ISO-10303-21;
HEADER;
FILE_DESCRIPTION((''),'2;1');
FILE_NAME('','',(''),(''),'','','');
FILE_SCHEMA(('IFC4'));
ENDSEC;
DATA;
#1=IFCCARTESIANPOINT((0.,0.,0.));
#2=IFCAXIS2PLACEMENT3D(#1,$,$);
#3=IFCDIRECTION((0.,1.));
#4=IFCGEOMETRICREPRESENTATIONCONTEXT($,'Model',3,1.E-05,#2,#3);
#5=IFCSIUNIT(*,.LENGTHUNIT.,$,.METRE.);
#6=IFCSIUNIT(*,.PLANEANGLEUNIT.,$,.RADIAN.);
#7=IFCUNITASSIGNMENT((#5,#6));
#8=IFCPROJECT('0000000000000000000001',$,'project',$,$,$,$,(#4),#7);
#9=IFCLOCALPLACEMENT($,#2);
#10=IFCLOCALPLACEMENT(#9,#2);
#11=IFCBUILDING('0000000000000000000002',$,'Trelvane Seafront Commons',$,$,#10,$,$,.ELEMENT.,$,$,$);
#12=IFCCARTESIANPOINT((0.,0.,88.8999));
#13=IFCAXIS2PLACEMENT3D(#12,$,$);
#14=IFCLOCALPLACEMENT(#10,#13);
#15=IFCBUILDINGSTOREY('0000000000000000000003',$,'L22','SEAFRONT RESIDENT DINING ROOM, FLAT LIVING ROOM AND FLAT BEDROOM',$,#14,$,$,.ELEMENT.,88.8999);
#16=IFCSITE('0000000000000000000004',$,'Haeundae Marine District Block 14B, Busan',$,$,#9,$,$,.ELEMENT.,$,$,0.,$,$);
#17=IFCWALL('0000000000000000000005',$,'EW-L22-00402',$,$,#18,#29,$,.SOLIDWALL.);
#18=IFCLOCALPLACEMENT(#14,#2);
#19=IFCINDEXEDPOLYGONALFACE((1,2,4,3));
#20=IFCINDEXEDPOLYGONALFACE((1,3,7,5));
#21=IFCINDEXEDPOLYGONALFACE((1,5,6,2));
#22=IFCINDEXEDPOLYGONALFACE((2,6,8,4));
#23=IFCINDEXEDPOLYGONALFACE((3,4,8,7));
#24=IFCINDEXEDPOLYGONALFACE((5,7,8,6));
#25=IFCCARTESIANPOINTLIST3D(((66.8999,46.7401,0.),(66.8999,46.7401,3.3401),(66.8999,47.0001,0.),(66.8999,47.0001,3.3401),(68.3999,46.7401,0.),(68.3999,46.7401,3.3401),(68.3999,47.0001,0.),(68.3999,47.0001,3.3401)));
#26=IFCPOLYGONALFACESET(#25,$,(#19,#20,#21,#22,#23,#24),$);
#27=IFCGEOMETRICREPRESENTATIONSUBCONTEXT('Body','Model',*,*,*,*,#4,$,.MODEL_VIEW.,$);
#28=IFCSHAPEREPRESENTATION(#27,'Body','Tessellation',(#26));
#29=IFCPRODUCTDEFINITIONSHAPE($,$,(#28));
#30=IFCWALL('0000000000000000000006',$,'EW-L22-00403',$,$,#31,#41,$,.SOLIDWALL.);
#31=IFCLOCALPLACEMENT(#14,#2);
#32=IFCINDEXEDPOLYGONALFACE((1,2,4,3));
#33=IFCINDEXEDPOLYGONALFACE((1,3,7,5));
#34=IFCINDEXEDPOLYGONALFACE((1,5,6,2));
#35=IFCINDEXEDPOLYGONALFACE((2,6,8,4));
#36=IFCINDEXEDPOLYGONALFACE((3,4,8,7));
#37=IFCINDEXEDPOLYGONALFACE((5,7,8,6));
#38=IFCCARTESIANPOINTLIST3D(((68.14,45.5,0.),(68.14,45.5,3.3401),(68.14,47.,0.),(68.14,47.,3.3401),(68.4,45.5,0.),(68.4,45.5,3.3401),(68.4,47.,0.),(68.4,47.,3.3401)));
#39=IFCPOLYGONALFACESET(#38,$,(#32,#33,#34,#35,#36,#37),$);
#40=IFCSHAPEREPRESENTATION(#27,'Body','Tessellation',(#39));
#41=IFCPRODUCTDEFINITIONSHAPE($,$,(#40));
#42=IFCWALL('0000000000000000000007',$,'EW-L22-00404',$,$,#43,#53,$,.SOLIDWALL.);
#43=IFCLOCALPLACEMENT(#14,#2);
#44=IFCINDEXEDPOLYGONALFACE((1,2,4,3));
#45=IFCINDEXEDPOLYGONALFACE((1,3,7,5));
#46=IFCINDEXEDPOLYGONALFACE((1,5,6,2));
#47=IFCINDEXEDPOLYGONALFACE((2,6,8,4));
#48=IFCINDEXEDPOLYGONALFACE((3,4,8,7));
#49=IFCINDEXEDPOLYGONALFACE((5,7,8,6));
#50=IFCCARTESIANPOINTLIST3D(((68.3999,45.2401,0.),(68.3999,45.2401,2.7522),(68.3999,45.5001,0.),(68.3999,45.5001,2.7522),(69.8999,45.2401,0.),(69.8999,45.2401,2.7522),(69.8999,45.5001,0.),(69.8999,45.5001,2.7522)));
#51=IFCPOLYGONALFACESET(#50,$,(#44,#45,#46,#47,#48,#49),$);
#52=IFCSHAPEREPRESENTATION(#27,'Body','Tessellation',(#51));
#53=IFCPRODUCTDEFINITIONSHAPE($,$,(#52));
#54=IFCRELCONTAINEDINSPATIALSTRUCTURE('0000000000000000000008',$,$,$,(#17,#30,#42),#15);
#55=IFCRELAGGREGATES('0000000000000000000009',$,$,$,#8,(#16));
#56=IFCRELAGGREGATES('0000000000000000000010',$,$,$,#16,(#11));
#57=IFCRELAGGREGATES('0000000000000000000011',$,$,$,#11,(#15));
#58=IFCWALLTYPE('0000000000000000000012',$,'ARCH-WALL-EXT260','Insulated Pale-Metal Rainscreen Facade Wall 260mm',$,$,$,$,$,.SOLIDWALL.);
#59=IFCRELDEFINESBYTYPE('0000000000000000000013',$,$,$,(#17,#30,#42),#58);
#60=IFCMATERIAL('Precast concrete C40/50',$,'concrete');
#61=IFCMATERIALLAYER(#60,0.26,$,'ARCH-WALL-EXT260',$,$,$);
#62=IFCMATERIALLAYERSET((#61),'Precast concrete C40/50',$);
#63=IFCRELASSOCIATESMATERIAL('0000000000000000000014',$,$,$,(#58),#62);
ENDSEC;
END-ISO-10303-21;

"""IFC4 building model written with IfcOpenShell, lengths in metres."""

from ifc_helpers import new_model, si_unit, direction, frame, frame_2d, origin, place, context, subcontext, project, spatial, rectangle, extrude, material, layer, layer_set, type_object, element, save


model = new_model("IFC4")

# Units and contexts
model_context = context("Model", 3, precision=1e-05, world=origin(), true_north=direction((0.0, 1.0)))
body_context = subcontext(model_context, "Body", "Model", "MODEL_VIEW")
ifc_project = project(units=[si_unit("LENGTHUNIT", "METRE"), si_unit("PLANEANGLEUNIT", "RADIAN")], contexts=[model_context])

# Site, building, storey
site_placement = place(None, origin())
site = spatial("IfcSite", under=ifc_project, at=site_placement, Name="Haeundae Marine District Block 14B, Busan", CompositionType="ELEMENT", RefElevation=0.0)
building_placement = place(site_placement, origin())
building = spatial("IfcBuilding", under=site, at=building_placement, Name="Trelvane Seafront Commons", CompositionType="ELEMENT")
storey_placement = place(building_placement, frame((0.0, 0.0, 88.8999)))
storey = spatial("IfcBuildingStorey", under=building, at=storey_placement, Name="L22", Description="SEAFRONT RESIDENT DINING ROOM, FLAT LIVING ROOM AND FLAT BEDROOM", CompositionType="ELEMENT", Elevation=88.8999)

# Shared definitions
ifc_material_1 = material(Name="Precast concrete C40/50", Category="concrete")
ifc_layer_1 = layer(ifc_material_1, 0.26, Name="ARCH-WALL-EXT260")
ifc_layer_set_1 = layer_set([ifc_layer_1], Name="Precast concrete C40/50")
wall_type_1 = type_object("IfcWallType", Name="ARCH-WALL-EXT260", Description="Insulated Pale-Metal Rainscreen Facade Wall 260mm", PredefinedType="SOLIDWALL", material=ifc_layer_set_1)

# Walls
for number, where, z_axis, x_axis, name in (
    (1, (66.8999, 46.8701, 0.0), (0.0, 0.0, 1.0), (1.0, 0.0, 0.0), "EW-L22-00402"),
    (2, (68.27, 47.0, 0.0), (0.0, 0.0, 1.0), (0.0, -1.0, 0.0), "EW-L22-00403"),
):
    element("IfcWall", number, at=place(storey_placement, frame(where, z_axis=z_axis, x_axis=x_axis)), inside=storey, type_object=wall_type_1, Name=name, PredefinedType="SOLIDWALL", context=body_context, shape_type="SweptSolid", body=[
        extrude(rectangle(XDim=1.5, YDim=0.26, at=frame_2d((0.75, 0.0))), origin(), (0.0, 0.0, 1.0), 3.3401),
    ])
wall_1_placement = place(storey_placement, frame((68.3999, 45.3701, 0.0), z_axis=(0.0, 0.0, 1.0), x_axis=(1.0, 0.0, 0.0)))
element("IfcWall", 3, at=wall_1_placement, inside=storey, type_object=wall_type_1, Name="EW-L22-00404", PredefinedType="SOLIDWALL", context=body_context, shape_type="SweptSolid", body=[
    extrude(rectangle(XDim=1.5, YDim=0.26, at=frame_2d((0.75, 0.0))), origin(), (0.0, 0.0, 1.0), 2.7522),
])

save(model, "model.ifc")
